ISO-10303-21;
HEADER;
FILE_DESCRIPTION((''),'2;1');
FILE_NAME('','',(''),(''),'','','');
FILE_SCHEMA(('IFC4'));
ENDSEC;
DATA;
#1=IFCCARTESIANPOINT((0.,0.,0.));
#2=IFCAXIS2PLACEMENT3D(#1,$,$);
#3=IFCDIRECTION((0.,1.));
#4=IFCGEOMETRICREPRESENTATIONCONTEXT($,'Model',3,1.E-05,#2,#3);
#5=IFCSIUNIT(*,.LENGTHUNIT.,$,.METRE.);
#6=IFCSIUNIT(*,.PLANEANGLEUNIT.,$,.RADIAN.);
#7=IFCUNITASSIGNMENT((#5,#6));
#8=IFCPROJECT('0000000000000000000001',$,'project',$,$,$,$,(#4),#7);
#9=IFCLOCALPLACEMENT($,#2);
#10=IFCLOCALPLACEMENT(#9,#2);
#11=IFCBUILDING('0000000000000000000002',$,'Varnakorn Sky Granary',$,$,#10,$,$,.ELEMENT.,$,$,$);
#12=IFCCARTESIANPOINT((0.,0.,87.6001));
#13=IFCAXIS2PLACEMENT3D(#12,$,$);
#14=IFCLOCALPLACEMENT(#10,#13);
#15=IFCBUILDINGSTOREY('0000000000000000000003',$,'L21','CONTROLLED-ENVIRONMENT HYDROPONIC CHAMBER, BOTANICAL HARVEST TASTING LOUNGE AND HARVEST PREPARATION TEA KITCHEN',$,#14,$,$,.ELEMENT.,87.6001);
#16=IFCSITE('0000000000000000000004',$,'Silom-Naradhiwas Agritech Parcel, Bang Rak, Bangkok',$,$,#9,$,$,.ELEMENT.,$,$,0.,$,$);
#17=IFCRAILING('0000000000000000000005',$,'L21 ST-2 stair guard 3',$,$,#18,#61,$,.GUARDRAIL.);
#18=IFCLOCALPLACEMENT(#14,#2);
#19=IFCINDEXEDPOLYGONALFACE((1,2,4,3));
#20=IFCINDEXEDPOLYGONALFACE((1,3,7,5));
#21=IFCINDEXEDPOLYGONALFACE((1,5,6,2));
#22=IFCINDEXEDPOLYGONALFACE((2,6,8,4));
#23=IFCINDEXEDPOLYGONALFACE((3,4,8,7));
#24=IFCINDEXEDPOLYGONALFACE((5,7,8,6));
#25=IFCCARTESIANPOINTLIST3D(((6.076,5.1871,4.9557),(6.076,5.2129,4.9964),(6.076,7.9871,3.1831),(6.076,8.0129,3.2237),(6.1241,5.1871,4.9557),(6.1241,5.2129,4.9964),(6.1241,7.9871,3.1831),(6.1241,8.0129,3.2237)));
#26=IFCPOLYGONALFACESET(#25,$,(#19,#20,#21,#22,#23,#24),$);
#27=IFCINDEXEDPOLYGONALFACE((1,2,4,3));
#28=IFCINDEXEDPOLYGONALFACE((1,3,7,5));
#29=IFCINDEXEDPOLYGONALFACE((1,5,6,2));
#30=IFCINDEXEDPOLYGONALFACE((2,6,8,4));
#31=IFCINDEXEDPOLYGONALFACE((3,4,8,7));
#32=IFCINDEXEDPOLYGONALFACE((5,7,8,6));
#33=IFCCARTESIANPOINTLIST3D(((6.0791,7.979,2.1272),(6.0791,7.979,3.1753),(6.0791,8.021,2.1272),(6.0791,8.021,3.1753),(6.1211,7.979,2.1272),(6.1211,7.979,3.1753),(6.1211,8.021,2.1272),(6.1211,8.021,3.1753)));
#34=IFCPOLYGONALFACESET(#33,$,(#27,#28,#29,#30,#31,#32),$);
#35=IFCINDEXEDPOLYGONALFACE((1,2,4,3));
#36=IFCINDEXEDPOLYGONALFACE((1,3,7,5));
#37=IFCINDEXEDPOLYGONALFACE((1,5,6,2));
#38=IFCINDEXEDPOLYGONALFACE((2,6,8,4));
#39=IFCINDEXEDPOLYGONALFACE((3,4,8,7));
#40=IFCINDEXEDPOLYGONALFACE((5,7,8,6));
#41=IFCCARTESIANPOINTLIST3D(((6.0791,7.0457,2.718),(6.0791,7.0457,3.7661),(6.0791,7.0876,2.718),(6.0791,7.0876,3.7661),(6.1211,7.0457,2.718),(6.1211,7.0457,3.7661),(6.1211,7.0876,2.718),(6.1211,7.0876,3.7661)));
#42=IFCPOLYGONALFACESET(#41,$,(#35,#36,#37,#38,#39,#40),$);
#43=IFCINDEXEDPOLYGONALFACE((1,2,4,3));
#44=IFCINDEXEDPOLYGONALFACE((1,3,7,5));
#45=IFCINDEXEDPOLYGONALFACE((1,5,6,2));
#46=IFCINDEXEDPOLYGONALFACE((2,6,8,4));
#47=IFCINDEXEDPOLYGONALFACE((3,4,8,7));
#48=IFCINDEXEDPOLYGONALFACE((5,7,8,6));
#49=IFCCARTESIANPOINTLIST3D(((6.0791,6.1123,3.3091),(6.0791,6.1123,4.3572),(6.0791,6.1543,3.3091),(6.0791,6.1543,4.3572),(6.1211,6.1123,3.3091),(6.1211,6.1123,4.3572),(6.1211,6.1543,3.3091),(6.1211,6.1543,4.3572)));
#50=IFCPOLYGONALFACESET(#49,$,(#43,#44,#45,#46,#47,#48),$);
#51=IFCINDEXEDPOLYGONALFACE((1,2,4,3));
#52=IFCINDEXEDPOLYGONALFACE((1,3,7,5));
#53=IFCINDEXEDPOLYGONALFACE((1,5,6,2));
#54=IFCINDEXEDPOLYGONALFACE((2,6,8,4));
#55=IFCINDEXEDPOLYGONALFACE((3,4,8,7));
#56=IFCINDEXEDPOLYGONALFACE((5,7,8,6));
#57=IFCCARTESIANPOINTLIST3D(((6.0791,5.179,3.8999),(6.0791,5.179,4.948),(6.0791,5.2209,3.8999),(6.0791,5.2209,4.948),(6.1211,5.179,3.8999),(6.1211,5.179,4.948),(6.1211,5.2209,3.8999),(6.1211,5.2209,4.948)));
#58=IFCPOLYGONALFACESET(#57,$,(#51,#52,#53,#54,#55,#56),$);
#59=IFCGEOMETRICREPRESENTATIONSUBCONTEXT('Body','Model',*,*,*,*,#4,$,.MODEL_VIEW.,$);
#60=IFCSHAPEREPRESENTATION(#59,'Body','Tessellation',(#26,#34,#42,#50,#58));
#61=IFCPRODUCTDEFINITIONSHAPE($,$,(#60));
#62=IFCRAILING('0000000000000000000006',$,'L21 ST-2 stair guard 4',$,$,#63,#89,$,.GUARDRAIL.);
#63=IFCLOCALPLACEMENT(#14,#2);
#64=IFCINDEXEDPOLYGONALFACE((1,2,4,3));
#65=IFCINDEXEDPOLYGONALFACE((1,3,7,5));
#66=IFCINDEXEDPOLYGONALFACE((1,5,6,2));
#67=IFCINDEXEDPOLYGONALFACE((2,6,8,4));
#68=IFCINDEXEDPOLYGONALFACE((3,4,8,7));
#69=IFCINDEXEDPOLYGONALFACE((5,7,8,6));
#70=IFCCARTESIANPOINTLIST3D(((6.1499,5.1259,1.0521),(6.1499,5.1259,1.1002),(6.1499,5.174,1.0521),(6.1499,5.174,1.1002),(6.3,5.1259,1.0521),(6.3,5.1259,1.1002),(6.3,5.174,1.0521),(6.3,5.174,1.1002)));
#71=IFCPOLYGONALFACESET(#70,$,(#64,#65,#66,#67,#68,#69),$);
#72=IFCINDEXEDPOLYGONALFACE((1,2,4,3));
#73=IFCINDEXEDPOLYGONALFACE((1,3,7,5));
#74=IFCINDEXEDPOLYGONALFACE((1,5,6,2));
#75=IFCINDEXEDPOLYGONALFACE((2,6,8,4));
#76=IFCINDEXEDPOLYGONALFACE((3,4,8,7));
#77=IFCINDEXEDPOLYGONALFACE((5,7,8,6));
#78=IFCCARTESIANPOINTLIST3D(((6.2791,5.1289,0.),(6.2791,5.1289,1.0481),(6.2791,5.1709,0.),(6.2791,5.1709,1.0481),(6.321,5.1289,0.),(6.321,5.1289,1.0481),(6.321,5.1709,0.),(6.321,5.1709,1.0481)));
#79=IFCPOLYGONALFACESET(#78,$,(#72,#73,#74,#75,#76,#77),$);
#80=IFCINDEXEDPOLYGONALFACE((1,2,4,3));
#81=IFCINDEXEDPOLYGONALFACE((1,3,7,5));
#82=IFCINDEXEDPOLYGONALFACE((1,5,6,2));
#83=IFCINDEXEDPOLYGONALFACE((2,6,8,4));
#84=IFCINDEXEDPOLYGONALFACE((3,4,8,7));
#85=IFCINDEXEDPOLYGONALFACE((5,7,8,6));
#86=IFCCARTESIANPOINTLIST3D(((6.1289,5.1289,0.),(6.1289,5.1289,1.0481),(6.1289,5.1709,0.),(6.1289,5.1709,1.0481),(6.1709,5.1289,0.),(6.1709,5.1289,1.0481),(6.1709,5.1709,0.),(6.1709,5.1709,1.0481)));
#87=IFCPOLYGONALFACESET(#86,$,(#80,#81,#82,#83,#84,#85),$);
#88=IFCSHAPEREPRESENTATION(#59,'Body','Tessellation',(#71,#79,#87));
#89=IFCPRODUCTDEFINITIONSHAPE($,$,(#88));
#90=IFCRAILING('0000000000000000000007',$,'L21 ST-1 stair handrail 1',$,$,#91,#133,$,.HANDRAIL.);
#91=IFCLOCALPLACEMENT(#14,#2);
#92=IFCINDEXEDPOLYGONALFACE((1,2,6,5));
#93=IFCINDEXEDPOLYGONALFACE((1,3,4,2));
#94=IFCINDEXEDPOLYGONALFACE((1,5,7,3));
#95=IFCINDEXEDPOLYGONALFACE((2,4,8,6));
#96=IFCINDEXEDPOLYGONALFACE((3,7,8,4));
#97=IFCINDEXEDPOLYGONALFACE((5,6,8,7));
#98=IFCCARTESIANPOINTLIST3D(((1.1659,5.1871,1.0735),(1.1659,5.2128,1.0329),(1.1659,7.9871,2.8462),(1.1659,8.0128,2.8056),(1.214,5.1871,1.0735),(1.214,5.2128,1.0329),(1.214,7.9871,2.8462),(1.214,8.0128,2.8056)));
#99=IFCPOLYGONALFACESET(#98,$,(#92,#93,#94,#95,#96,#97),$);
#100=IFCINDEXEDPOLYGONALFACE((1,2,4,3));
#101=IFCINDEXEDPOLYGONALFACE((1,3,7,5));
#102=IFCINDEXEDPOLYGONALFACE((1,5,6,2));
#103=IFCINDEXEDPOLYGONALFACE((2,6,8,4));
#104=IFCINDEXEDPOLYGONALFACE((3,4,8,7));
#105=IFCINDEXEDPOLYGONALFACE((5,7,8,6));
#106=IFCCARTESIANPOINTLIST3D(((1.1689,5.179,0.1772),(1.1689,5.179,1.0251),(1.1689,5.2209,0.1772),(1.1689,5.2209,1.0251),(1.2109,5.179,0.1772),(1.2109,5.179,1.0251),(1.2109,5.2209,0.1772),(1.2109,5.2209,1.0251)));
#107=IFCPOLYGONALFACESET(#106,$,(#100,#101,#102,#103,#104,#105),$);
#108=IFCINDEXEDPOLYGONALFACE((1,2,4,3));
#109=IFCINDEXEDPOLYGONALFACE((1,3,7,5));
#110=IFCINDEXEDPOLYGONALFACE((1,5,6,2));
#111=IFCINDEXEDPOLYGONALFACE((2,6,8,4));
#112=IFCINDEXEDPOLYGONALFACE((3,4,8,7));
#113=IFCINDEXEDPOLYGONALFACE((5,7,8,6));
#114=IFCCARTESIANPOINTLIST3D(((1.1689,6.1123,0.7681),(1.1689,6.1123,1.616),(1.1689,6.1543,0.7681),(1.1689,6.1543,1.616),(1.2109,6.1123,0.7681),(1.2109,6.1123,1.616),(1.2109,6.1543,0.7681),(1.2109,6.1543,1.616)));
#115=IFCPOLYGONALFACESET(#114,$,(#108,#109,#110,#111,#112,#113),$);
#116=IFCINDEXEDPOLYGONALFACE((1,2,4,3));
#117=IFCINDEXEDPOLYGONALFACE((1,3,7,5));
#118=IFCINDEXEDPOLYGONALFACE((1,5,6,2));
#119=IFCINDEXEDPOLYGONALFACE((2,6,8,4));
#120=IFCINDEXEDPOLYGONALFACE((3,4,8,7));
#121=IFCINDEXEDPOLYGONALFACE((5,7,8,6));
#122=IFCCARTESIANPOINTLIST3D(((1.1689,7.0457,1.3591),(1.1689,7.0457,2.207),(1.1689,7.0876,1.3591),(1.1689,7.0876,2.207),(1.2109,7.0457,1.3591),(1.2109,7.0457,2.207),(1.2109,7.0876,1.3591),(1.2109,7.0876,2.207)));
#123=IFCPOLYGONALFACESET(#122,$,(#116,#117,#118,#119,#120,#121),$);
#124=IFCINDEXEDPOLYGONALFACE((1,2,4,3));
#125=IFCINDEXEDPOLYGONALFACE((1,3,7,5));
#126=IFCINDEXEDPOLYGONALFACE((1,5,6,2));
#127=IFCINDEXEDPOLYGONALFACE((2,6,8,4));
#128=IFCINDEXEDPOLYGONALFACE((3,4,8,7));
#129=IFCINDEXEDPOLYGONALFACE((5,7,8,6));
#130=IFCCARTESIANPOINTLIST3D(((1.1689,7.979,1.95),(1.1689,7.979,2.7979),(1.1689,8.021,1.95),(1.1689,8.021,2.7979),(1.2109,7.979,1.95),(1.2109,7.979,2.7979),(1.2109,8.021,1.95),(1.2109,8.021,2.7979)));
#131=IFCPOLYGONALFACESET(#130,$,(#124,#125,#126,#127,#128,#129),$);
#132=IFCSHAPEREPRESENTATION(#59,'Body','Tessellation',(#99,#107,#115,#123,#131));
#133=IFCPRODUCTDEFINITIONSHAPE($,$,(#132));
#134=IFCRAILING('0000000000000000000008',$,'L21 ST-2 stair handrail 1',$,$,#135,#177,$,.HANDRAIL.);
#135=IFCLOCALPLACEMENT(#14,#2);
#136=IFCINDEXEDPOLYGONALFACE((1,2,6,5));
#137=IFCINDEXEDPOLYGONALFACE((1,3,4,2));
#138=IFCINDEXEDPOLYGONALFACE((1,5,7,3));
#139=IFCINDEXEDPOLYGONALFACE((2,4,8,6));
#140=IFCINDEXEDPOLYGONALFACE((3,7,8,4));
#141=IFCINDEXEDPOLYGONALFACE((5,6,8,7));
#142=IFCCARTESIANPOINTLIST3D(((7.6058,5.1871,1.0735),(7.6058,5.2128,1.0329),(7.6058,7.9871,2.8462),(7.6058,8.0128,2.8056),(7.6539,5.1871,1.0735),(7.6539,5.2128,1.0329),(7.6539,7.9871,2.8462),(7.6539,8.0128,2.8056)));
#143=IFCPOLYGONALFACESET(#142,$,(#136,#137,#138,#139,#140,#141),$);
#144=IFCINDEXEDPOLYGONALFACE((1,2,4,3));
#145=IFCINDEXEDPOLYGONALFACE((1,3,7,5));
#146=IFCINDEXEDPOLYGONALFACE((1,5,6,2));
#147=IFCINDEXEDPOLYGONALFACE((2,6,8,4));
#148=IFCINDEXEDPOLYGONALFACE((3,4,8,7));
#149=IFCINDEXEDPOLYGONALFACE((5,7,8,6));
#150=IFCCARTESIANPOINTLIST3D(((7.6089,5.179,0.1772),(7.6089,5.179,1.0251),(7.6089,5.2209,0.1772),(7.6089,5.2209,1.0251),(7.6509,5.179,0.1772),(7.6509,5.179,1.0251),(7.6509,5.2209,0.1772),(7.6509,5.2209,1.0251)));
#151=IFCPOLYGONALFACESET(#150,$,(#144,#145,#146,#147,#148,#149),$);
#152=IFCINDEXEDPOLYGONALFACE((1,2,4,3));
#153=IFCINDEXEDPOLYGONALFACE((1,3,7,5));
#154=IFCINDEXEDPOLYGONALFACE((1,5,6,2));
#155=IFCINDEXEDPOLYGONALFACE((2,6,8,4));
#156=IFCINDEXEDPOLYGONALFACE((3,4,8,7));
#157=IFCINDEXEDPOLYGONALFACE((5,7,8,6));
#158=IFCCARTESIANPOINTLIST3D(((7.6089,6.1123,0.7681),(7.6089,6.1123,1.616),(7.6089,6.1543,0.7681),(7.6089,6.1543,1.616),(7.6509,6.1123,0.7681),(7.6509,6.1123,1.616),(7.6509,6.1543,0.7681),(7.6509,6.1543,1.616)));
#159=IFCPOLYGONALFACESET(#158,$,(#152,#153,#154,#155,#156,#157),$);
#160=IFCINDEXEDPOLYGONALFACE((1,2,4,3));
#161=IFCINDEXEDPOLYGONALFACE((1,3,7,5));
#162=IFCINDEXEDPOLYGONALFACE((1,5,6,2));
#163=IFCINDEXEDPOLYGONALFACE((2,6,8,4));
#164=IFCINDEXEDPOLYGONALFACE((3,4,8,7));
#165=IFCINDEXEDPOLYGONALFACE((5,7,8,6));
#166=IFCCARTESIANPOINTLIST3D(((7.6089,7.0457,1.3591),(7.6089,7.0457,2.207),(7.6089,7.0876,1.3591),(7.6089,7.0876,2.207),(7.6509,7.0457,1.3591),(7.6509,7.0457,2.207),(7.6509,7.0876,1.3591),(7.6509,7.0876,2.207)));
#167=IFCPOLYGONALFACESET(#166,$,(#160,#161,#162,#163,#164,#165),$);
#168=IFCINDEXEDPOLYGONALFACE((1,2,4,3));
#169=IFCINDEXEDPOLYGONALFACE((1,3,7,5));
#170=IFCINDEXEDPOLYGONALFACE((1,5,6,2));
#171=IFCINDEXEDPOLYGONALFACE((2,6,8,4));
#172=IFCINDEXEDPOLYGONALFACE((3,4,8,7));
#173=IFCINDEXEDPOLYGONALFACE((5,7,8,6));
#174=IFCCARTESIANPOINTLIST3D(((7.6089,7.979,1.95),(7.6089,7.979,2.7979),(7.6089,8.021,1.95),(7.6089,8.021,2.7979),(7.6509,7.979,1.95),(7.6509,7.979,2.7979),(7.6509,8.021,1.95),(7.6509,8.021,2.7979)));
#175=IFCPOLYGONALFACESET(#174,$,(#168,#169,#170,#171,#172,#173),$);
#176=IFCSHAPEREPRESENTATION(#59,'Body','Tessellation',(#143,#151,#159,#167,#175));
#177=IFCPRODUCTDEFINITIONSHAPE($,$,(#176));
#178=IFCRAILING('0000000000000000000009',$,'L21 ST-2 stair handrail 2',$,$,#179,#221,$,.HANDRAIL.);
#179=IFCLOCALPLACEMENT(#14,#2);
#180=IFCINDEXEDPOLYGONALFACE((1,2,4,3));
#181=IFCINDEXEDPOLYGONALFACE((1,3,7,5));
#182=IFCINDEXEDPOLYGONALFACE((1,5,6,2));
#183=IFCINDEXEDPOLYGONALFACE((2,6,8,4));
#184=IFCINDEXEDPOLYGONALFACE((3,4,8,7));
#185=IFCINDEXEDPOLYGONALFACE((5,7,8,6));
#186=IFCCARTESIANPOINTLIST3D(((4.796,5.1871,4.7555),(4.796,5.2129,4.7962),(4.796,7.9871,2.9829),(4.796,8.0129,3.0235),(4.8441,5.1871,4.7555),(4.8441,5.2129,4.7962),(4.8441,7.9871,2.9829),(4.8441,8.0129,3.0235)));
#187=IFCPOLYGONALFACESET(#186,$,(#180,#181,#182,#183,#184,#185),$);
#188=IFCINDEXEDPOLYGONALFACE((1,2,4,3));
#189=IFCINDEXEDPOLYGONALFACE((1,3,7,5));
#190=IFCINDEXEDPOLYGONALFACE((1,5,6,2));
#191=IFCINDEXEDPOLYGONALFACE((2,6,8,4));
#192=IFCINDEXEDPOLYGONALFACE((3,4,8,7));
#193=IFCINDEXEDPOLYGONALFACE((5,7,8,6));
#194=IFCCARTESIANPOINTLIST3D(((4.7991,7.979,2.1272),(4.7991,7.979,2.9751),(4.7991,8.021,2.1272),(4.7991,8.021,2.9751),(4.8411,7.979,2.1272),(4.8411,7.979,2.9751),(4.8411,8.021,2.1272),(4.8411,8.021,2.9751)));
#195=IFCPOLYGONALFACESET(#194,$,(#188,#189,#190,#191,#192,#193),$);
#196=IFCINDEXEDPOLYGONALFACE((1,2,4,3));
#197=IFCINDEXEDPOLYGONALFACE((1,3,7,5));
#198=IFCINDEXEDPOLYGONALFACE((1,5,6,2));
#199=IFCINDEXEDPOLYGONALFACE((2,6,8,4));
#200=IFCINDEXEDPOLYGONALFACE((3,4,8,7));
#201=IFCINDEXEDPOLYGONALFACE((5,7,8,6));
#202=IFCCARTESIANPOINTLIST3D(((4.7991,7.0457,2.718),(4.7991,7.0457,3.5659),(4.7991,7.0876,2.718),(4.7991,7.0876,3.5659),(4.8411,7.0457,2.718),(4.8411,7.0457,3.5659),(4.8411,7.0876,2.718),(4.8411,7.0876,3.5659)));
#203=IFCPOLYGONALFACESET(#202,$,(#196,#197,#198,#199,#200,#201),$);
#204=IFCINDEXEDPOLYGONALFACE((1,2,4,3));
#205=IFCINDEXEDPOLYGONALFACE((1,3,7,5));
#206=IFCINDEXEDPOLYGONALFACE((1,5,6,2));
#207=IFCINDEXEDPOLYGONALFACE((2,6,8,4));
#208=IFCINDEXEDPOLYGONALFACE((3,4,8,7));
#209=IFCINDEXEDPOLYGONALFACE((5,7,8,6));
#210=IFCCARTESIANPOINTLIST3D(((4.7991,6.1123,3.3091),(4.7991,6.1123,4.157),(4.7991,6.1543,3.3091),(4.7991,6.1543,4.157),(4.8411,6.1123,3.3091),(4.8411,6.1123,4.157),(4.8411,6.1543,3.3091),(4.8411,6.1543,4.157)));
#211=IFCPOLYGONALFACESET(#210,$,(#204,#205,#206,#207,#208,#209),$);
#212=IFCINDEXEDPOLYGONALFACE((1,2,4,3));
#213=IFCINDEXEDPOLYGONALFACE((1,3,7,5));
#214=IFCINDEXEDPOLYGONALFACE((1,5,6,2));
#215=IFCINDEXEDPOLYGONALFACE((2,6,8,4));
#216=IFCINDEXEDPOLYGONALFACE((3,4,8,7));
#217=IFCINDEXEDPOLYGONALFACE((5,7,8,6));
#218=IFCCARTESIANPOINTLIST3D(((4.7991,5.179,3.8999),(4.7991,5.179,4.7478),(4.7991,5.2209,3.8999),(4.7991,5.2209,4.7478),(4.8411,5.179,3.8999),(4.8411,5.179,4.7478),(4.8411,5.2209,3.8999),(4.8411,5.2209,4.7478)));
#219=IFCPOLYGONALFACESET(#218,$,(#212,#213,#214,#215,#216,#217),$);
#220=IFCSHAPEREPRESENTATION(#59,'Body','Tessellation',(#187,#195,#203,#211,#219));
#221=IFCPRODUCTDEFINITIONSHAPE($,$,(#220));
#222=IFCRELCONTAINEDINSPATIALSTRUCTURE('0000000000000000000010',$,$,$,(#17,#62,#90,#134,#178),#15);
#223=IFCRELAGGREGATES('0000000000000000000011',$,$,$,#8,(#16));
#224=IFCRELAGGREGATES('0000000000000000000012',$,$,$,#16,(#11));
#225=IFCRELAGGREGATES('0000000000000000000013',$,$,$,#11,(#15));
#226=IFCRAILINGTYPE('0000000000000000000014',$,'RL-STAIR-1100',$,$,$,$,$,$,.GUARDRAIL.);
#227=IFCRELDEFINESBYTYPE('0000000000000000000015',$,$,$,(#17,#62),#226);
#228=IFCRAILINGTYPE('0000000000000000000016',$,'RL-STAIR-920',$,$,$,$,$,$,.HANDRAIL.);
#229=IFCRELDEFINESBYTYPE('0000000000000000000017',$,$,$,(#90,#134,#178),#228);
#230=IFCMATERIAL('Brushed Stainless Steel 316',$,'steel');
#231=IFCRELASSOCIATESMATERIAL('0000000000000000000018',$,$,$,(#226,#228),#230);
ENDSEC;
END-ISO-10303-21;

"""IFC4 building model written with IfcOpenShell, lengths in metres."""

from ifc_helpers import new_model, si_unit, direction, frame, origin, origin_2d, place, context, subcontext, project, spatial, rectangle, extrude, material, type_object, element, save


model = new_model("IFC4")

# Units and contexts
model_context = context("Model", 3, precision=1e-05, world=origin(), true_north=direction((0.0, 1.0)))
body_context = subcontext(model_context, "Body", "Model", "MODEL_VIEW")
ifc_project = project(units=[si_unit("LENGTHUNIT", "METRE"), si_unit("PLANEANGLEUNIT", "RADIAN")], contexts=[model_context])

# Site, building, storey
site_placement = place(None, origin())
site = spatial("IfcSite", under=ifc_project, at=site_placement, Name="Silom-Naradhiwas Agritech Parcel, Bang Rak, Bangkok", CompositionType="ELEMENT", RefElevation=0.0)
building_placement = place(site_placement, origin())
building = spatial("IfcBuilding", under=site, at=building_placement, Name="Varnakorn Sky Granary", CompositionType="ELEMENT")
storey_placement = place(building_placement, frame((0.0, 0.0, 87.6001)))
storey = spatial("IfcBuildingStorey", under=building, at=storey_placement, Name="L21", Description="CONTROLLED-ENVIRONMENT HYDROPONIC CHAMBER, BOTANICAL HARVEST TASTING LOUNGE AND HARVEST PREPARATION TEA KITCHEN", CompositionType="ELEMENT", Elevation=87.6001)

# Railings
ifc_material_1 = material(Name="Brushed Stainless Steel 316", Category="steel")
railing_type_1 = type_object("IfcRailingType", Name="RL-STAIR-1100", PredefinedType="GUARDRAIL", material=ifc_material_1)
railing_1_placement = place(storey_placement, frame((6.1001, 8.0, 2.1272)))
element("IfcRailing", 1, at=railing_1_placement, inside=storey, type_object=railing_type_1, Name="L21 ST-2 stair guard 3", PredefinedType="GUARDRAIL", context=body_context, shape_type="SweptSolid", body=[
    extrude(rectangle(XDim=0.0481, YDim=0.0481, at=origin_2d()), frame((0.0, 0.0, 1.0762), z_axis=(0.0, -0.844909, 0.53491), x_axis=(1.0, 0.0, 0.0)), (0.0, 0.0, 1.0), 3.314),
    extrude(rectangle(XDim=0.042, YDim=0.042, at=origin_2d()), origin(), (0.0, 0.0, 1.0), 1.0481),
    extrude(rectangle(XDim=0.042, YDim=0.042, at=origin_2d()), frame((0.0, -0.9333, 0.5908)), (0.0, 0.0, 1.0), 1.0481),
    extrude(rectangle(XDim=0.042, YDim=0.042, at=origin_2d()), frame((0.0, -1.8667, 1.1819)), (0.0, 0.0, 1.0), 1.0481),
    extrude(rectangle(XDim=0.042, YDim=0.042, at=origin_2d()), frame((0.0, -2.8, 1.7727)), (0.0, 0.0, 1.0), 1.0481),
])
railing_2_placement = place(storey_placement, frame((6.3, 5.1499, 0.0)))
element("IfcRailing", 2, at=railing_2_placement, inside=storey, type_object=railing_type_1, Name="L21 ST-2 stair guard 4", PredefinedType="GUARDRAIL", context=body_context, shape_type="SweptSolid", body=[
    extrude(rectangle(XDim=0.0481, YDim=0.0481, at=origin_2d()), frame((0.0, 0.0, 1.0762), z_axis=(-1.0, 0.0, 0.0), x_axis=(0.0, -1.0, 0.0)), (0.0, 0.0, 1.0), 0.1501),
    extrude(rectangle(XDim=0.042, YDim=0.042, at=origin_2d()), origin(), (0.0, 0.0, 1.0), 1.0481),
    extrude(rectangle(XDim=0.042, YDim=0.042, at=origin_2d()), frame((-0.1501, 0.0, 0.0)), (0.0, 0.0, 1.0), 1.0481),
])
railing_type_2 = type_object("IfcRailingType", Name="RL-STAIR-920", PredefinedType="HANDRAIL", material=ifc_material_1)
for number, where, name in (
    (3, (1.1899, 5.2, 0.1772), "L21 ST-1 stair handrail 1"),
    (4, (7.6299, 5.2, 0.1772), "L21 ST-2 stair handrail 1"),
):
    element("IfcRailing", number, at=place(storey_placement, frame(where)), inside=storey, type_object=railing_type_2, Name=name, PredefinedType="HANDRAIL", context=body_context, shape_type="SweptSolid", body=[
        extrude(rectangle(XDim=0.0481, YDim=0.0481, at=origin_2d()), frame((0.0, 0.0, 0.876), z_axis=(0.0, 0.844909, 0.53491), x_axis=(-1.0, 0.0, 0.0)), (0.0, 0.0, 1.0), 3.314),
        extrude(rectangle(XDim=0.042, YDim=0.042, at=origin_2d()), origin(), (0.0, 0.0, 1.0), 0.8479),
        extrude(rectangle(XDim=0.042, YDim=0.042, at=origin_2d()), frame((0.0, 0.9333, 0.5908)), (0.0, 0.0, 1.0), 0.8479),
        extrude(rectangle(XDim=0.042, YDim=0.042, at=origin_2d()), frame((0.0, 1.8667, 1.1819)), (0.0, 0.0, 1.0), 0.8479),
        extrude(rectangle(XDim=0.042, YDim=0.042, at=origin_2d()), frame((0.0, 2.8, 1.7727)), (0.0, 0.0, 1.0), 0.8479),
    ])
railing_3_placement = place(storey_placement, frame((4.8201, 8.0, 2.1272)))
element("IfcRailing", 5, at=railing_3_placement, inside=storey, type_object=railing_type_2, Name="L21 ST-2 stair handrail 2", PredefinedType="HANDRAIL", context=body_context, shape_type="SweptSolid", body=[
    extrude(rectangle(XDim=0.0481, YDim=0.0481, at=origin_2d()), frame((0.0, 0.0, 0.876), z_axis=(0.0, -0.844909, 0.53491), x_axis=(1.0, 0.0, 0.0)), (0.0, 0.0, 1.0), 3.314),
    extrude(rectangle(XDim=0.042, YDim=0.042, at=origin_2d()), origin(), (0.0, 0.0, 1.0), 0.8479),
    extrude(rectangle(XDim=0.042, YDim=0.042, at=origin_2d()), frame((0.0, -0.9333, 0.5908)), (0.0, 0.0, 1.0), 0.8479),
    extrude(rectangle(XDim=0.042, YDim=0.042, at=origin_2d()), frame((0.0, -1.8667, 1.1819)), (0.0, 0.0, 1.0), 0.8479),
    extrude(rectangle(XDim=0.042, YDim=0.042, at=origin_2d()), frame((0.0, -2.8, 1.7727)), (0.0, 0.0, 1.0), 0.8479),
])

save(model, "model.ifc")
